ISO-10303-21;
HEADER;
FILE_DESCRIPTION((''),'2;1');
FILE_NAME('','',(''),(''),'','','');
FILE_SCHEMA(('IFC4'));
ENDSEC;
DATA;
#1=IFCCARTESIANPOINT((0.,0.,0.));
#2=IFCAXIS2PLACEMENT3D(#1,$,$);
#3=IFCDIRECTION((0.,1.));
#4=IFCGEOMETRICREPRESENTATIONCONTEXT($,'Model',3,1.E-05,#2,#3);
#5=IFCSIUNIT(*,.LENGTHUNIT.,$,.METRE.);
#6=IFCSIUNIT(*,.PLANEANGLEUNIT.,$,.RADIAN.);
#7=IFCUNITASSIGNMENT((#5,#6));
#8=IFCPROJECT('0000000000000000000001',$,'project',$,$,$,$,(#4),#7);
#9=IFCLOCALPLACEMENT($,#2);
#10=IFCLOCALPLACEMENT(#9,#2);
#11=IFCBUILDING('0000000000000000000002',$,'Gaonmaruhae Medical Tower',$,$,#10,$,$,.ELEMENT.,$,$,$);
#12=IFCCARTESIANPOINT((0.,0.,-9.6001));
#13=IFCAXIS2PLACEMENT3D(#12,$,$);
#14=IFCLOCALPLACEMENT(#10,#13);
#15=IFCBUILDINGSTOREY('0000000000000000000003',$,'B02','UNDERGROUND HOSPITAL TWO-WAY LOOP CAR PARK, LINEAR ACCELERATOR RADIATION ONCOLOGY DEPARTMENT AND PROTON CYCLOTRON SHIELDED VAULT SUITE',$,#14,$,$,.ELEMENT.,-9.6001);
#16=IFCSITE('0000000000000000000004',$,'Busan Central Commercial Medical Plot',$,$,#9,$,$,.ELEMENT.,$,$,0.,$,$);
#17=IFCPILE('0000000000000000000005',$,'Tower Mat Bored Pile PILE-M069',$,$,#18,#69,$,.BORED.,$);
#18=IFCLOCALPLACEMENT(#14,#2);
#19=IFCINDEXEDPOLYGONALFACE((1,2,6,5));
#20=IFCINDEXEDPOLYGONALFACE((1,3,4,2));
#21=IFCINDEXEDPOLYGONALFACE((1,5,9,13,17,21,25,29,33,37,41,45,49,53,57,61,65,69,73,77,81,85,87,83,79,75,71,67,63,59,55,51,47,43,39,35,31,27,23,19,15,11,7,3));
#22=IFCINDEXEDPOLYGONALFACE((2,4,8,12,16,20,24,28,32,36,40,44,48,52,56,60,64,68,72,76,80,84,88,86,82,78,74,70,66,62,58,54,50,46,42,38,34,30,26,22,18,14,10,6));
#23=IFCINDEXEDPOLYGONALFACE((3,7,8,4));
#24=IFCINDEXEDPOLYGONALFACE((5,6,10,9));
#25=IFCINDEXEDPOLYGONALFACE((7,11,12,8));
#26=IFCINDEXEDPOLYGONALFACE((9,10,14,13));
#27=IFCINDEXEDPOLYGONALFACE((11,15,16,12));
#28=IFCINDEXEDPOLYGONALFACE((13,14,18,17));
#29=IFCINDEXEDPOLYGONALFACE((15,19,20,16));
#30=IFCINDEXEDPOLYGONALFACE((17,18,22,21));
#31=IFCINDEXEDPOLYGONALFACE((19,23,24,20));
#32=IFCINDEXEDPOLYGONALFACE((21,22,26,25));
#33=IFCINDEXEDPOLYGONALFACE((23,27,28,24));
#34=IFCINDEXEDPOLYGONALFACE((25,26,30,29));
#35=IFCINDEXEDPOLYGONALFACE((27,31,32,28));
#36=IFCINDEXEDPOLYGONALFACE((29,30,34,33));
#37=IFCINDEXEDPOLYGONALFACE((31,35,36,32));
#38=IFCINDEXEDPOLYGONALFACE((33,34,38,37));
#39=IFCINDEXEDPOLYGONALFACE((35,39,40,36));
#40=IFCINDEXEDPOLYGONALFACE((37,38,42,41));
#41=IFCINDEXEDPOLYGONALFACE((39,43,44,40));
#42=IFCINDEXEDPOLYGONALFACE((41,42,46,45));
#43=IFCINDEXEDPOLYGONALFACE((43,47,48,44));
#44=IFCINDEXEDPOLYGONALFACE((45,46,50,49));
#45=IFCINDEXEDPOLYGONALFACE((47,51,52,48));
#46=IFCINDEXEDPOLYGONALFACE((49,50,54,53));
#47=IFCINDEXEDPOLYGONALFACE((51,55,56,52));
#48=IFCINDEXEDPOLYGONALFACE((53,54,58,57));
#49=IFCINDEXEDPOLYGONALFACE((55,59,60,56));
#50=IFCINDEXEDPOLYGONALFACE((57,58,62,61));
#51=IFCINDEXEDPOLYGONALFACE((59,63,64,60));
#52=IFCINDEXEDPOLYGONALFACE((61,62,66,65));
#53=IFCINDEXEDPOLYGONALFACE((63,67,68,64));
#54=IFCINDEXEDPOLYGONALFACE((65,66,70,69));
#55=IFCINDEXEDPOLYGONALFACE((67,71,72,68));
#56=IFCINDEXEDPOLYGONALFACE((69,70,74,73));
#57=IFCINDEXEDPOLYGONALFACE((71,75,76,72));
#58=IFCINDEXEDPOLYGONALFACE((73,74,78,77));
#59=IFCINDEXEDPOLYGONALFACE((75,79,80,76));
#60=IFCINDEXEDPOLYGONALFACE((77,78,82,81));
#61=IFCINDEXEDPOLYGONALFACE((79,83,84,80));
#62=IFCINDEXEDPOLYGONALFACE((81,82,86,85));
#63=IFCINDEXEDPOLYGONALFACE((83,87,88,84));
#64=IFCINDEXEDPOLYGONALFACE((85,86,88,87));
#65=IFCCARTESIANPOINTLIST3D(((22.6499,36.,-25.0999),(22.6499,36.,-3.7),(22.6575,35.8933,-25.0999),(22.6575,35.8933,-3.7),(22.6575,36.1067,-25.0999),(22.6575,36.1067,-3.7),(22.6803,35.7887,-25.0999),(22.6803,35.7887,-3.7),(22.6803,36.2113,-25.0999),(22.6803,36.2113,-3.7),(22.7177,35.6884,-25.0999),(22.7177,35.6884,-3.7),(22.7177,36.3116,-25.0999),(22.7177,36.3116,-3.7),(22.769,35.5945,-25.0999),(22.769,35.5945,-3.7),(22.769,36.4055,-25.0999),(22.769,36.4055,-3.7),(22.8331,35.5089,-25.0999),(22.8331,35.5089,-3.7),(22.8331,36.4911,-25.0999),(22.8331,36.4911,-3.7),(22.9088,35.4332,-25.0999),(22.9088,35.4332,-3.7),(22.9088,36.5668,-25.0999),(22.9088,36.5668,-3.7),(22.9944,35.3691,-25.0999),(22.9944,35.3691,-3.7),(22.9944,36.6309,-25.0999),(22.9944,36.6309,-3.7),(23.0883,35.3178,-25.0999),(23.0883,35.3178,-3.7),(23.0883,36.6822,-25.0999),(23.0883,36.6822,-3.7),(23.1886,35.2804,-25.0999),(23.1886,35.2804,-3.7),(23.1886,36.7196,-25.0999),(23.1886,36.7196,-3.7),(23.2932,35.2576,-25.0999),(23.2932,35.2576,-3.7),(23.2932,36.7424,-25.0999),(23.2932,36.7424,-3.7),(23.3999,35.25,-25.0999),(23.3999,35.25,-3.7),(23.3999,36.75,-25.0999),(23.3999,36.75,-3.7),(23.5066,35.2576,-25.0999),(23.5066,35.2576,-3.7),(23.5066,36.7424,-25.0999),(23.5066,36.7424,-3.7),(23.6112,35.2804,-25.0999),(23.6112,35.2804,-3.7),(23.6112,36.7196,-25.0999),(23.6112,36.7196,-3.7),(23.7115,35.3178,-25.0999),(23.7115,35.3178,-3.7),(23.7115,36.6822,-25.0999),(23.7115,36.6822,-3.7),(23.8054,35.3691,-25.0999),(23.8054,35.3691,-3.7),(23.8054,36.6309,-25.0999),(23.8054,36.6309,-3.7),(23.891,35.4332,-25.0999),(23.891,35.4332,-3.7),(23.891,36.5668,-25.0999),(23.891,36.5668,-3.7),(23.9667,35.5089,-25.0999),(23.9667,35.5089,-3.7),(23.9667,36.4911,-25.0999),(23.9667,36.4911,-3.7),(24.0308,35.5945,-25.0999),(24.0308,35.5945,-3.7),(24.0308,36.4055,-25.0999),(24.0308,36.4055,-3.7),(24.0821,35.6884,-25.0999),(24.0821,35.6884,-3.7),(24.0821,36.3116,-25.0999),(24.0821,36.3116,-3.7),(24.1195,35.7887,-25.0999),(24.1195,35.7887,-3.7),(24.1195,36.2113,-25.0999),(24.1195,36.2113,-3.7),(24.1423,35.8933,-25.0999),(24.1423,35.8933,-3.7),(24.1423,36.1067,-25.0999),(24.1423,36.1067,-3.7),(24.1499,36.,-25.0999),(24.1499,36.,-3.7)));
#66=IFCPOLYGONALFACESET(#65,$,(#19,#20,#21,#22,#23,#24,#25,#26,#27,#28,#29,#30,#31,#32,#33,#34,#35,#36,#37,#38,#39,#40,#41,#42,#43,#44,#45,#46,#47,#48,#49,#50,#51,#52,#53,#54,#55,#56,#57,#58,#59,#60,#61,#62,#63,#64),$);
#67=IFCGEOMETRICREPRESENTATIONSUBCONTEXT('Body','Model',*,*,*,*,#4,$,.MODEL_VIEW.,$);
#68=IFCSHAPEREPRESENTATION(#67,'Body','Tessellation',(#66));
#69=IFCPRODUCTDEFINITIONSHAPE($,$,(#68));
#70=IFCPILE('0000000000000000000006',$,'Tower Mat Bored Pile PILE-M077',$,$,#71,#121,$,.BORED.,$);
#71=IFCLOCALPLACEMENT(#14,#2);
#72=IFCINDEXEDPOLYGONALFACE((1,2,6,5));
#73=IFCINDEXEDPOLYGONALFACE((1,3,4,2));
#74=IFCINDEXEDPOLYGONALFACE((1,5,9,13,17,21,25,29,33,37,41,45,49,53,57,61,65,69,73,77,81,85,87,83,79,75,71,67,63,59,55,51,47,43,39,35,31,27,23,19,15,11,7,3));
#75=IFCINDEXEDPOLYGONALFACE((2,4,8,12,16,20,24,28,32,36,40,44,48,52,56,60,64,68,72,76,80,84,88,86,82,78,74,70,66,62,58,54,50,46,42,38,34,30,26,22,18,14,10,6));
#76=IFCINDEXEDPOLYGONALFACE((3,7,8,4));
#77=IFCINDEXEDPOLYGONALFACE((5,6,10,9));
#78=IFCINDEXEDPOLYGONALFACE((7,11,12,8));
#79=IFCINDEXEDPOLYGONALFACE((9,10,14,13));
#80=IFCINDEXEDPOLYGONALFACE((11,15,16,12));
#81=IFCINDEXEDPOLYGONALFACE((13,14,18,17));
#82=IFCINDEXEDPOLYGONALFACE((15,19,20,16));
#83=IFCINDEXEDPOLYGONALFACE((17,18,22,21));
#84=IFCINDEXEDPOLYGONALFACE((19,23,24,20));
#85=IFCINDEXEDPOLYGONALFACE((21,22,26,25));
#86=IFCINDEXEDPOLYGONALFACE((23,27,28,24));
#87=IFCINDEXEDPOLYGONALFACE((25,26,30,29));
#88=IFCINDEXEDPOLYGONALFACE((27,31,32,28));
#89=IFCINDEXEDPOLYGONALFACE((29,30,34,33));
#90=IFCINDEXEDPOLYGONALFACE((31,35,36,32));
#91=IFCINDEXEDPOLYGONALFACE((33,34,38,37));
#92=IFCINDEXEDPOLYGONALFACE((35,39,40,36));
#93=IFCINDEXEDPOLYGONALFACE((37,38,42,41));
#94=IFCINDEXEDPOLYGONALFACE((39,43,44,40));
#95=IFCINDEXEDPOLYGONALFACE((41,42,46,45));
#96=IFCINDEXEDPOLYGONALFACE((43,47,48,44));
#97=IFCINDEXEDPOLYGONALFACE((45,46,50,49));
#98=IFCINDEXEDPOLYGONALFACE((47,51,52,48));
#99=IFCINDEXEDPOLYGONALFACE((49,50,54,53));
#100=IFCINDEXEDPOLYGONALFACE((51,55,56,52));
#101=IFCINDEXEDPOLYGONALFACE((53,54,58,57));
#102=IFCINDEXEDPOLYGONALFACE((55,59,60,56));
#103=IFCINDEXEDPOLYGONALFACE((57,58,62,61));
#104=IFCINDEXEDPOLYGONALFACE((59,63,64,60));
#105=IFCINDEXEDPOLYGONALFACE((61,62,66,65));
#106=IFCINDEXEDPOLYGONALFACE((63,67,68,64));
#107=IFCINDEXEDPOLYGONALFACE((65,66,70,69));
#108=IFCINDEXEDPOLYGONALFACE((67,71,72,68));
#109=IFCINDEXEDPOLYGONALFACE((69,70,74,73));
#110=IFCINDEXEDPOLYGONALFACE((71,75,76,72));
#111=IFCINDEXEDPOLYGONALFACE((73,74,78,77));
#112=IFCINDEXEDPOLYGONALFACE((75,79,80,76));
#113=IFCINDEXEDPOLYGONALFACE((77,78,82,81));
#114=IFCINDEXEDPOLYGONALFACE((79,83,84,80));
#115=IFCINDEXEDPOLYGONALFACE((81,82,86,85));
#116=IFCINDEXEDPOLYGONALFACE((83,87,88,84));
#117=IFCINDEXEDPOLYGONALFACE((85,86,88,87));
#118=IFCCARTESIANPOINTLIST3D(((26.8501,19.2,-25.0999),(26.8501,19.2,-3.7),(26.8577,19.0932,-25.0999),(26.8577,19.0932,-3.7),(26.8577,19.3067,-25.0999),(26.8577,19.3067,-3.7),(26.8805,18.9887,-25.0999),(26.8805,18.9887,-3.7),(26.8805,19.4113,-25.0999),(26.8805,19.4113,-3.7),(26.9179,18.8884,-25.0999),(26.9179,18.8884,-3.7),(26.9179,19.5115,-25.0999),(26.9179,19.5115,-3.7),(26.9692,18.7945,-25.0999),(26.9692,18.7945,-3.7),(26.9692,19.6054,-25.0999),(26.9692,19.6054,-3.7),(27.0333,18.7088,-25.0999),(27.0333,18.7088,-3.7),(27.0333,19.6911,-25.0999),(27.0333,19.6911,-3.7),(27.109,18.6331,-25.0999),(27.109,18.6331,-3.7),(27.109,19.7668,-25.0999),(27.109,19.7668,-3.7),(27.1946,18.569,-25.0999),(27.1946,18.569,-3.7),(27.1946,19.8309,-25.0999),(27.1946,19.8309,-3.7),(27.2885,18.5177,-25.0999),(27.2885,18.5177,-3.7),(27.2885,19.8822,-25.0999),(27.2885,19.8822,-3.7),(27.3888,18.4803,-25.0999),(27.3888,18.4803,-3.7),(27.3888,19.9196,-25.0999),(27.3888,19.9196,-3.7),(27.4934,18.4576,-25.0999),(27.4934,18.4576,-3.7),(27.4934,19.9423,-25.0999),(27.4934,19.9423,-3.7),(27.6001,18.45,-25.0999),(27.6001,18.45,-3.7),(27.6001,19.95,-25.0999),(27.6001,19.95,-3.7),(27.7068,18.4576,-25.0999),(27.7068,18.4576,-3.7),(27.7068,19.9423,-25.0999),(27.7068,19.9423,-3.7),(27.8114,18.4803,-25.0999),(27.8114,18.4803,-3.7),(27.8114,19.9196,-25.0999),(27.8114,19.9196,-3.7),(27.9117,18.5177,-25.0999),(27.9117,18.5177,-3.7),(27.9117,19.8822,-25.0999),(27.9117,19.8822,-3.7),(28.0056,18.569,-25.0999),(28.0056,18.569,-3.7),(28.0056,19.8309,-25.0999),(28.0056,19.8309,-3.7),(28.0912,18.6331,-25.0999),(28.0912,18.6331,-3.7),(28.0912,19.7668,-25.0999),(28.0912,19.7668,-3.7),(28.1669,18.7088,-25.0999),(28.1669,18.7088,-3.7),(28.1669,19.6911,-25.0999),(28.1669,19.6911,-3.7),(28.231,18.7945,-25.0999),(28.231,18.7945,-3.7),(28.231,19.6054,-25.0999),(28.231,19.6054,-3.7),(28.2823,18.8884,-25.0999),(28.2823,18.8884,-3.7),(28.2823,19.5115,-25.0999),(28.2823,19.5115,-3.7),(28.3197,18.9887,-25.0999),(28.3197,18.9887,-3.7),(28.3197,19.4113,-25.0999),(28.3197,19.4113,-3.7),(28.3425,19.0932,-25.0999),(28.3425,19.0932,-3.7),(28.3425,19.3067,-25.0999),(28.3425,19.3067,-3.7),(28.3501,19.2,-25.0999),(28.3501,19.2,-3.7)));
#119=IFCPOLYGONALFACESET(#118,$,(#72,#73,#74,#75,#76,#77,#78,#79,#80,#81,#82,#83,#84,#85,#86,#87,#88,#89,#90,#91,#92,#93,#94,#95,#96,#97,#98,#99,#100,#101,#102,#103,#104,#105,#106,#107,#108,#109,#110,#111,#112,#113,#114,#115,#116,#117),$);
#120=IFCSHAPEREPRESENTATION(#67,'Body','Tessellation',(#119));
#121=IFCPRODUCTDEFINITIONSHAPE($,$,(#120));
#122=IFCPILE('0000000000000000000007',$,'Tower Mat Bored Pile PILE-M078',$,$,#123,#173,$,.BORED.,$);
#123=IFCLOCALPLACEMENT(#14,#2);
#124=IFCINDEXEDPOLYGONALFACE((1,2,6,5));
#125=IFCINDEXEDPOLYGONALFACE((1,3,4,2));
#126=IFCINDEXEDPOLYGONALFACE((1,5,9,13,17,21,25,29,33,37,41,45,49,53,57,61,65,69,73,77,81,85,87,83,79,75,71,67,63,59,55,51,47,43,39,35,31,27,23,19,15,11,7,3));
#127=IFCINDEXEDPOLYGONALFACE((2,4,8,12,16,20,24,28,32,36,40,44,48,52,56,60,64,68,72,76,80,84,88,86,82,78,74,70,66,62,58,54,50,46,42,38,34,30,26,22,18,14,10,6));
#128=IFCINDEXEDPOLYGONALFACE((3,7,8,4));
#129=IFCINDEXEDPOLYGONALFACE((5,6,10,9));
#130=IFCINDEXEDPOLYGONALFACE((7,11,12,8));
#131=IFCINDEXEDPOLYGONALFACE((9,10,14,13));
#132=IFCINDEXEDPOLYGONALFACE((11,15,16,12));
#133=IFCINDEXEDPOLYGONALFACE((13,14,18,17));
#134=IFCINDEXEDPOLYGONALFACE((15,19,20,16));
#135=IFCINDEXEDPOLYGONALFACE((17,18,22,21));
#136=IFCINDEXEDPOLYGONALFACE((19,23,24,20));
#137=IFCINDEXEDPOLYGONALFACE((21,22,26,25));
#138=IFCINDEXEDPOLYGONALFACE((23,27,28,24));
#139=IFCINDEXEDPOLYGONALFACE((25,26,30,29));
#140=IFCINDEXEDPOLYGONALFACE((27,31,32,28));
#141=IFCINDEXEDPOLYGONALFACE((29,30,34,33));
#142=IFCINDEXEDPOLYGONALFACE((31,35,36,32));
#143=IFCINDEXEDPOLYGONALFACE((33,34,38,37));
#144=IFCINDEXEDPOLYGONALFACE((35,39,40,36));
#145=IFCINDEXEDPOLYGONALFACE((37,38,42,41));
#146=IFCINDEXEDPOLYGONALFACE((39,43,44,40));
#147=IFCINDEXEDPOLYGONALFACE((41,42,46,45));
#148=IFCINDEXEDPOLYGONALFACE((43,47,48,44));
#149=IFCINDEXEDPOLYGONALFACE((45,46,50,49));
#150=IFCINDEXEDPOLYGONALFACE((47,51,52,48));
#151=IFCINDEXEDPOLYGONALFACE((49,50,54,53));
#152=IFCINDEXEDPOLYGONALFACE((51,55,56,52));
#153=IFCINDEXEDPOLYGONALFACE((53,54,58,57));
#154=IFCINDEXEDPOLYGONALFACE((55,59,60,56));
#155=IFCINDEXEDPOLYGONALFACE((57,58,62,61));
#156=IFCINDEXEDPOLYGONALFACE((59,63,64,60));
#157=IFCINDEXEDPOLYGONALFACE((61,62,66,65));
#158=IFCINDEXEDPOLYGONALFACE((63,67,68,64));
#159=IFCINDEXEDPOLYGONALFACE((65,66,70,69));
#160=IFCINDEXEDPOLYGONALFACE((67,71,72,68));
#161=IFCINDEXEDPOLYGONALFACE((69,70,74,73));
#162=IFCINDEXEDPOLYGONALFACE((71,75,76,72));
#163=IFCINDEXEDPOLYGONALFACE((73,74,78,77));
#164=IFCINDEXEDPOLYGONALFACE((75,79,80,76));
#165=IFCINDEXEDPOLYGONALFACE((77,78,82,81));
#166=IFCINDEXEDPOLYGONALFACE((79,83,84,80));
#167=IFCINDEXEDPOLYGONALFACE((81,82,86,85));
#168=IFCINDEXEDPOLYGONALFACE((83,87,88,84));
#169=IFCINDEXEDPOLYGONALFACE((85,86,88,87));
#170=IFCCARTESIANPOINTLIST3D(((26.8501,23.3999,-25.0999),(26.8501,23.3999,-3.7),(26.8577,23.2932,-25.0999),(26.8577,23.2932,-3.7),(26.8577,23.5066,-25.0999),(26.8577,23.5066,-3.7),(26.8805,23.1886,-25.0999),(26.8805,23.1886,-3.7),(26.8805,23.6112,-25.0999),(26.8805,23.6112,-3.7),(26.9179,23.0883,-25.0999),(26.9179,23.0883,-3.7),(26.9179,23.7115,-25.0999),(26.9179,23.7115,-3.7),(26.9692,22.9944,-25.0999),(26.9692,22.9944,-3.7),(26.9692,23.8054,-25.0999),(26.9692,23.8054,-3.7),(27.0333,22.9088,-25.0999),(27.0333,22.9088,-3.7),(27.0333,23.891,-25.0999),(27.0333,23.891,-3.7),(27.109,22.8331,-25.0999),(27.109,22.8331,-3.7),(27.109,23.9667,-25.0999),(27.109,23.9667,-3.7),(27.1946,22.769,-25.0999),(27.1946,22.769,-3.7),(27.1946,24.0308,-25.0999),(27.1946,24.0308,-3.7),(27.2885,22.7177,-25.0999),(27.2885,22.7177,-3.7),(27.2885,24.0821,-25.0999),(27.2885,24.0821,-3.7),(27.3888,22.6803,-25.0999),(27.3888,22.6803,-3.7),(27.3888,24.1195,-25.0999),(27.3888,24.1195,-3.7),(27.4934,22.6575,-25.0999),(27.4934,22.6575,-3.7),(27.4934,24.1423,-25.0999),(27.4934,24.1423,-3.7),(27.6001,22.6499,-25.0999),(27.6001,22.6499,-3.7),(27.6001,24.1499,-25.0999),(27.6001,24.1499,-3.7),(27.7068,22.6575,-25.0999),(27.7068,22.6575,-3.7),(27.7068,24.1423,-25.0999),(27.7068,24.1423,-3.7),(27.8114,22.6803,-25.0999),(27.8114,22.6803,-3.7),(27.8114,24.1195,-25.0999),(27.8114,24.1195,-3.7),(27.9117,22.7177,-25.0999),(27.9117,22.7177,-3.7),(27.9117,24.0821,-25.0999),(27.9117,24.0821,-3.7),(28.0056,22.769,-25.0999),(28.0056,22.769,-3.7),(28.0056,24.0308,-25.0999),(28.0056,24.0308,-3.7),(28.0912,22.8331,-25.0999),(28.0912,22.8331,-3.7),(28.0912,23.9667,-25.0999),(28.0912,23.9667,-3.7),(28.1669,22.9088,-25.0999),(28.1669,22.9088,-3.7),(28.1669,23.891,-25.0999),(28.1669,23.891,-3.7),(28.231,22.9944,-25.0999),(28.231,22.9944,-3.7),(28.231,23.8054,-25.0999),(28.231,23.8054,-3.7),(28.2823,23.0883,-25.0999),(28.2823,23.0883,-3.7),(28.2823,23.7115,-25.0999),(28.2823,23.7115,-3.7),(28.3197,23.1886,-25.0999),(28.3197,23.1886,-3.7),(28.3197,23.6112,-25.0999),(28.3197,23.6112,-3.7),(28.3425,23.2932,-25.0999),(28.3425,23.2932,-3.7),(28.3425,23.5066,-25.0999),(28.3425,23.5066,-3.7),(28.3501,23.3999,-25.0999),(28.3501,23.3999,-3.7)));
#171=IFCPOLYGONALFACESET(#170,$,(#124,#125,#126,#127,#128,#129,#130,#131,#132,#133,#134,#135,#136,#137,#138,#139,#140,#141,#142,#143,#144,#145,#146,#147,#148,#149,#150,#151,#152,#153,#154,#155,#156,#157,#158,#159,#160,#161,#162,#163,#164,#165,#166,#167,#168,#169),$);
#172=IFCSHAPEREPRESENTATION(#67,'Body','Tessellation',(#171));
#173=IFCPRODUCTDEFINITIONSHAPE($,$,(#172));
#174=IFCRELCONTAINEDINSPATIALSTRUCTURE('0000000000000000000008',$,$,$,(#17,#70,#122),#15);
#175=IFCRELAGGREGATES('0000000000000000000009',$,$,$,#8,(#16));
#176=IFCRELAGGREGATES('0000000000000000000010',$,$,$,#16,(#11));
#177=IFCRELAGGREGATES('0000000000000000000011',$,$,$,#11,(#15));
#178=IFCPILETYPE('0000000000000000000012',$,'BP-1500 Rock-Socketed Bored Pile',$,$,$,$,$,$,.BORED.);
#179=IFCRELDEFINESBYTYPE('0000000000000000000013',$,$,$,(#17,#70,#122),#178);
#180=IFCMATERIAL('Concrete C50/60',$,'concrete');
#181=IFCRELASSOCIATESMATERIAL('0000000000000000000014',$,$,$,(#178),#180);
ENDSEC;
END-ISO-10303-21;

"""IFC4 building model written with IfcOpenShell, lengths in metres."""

from ifc_helpers import new_model, si_unit, direction, frame, origin, origin_2d, place, context, subcontext, project, spatial, circle, extrude, material, material_profile, profile_set, type_object, element, save


model = new_model("IFC4")

# Units and contexts
model_context = context("Model", 3, precision=1e-05, world=origin(), true_north=direction((0.0, 1.0)))
body_context = subcontext(model_context, "Body", "Model", "MODEL_VIEW")
ifc_project = project(units=[si_unit("LENGTHUNIT", "METRE"), si_unit("PLANEANGLEUNIT", "RADIAN")], contexts=[model_context])

# Site, building, storey
site_placement = place(None, origin())
site = spatial("IfcSite", under=ifc_project, at=site_placement, Name="Busan Central Commercial Medical Plot", CompositionType="ELEMENT", RefElevation=0.0)
building_placement = place(site_placement, origin())
building = spatial("IfcBuilding", under=site, at=building_placement, Name="Gaonmaruhae Medical Tower", CompositionType="ELEMENT")
storey_placement = place(building_placement, frame((0.0, 0.0, -9.6001)))
storey = spatial("IfcBuildingStorey", under=building, at=storey_placement, Name="B02", Description="UNDERGROUND HOSPITAL TWO-WAY LOOP CAR PARK, LINEAR ACCELERATOR RADIATION ONCOLOGY DEPARTMENT AND PROTON CYCLOTRON SHIELDED VAULT SUITE", CompositionType="ELEMENT", Elevation=-9.6001)

# Piles
ifc_material_1 = material(Name="Concrete C50/60", Category="concrete")
ifc_material_profile_1 = material_profile(ifc_material_1, circle(Radius=0.75, at=origin_2d()), Name="PILE-D1500")
ifc_profile_set_1 = profile_set([ifc_material_profile_1], Name="Concrete C50/60")
pile_type = type_object("IfcPileType", Name="BP-1500 Rock-Socketed Bored Pile", PredefinedType="BORED", material=ifc_profile_set_1)
for number, where, z_axis, x_axis, name in (
    (1, (23.3999, 36.0, -3.7), (0.0, 0.0, -1.0), (1.0, 0.0, 0.0), "Tower Mat Bored Pile PILE-M069"),
    (2, (27.6001, 19.2, -3.7), (0.0, 0.0, -1.0), (1.0, 0.0, 0.0), "Tower Mat Bored Pile PILE-M077"),
    (3, (27.6001, 23.3999, -3.7), (0.0, 0.0, -1.0), (1.0, 0.0, 0.0), "Tower Mat Bored Pile PILE-M078"),
):
    element("IfcPile", number, at=place(storey_placement, frame(where, z_axis=z_axis, x_axis=x_axis)), inside=storey, type_object=pile_type, Name=name, PredefinedType="BORED", context=body_context, shape_type="SweptSolid", body=[
        extrude(circle(Radius=0.75, at=origin_2d()), origin(), (0.0, 0.0, 1.0), 21.3999),
    ])

save(model, "model.ifc")
